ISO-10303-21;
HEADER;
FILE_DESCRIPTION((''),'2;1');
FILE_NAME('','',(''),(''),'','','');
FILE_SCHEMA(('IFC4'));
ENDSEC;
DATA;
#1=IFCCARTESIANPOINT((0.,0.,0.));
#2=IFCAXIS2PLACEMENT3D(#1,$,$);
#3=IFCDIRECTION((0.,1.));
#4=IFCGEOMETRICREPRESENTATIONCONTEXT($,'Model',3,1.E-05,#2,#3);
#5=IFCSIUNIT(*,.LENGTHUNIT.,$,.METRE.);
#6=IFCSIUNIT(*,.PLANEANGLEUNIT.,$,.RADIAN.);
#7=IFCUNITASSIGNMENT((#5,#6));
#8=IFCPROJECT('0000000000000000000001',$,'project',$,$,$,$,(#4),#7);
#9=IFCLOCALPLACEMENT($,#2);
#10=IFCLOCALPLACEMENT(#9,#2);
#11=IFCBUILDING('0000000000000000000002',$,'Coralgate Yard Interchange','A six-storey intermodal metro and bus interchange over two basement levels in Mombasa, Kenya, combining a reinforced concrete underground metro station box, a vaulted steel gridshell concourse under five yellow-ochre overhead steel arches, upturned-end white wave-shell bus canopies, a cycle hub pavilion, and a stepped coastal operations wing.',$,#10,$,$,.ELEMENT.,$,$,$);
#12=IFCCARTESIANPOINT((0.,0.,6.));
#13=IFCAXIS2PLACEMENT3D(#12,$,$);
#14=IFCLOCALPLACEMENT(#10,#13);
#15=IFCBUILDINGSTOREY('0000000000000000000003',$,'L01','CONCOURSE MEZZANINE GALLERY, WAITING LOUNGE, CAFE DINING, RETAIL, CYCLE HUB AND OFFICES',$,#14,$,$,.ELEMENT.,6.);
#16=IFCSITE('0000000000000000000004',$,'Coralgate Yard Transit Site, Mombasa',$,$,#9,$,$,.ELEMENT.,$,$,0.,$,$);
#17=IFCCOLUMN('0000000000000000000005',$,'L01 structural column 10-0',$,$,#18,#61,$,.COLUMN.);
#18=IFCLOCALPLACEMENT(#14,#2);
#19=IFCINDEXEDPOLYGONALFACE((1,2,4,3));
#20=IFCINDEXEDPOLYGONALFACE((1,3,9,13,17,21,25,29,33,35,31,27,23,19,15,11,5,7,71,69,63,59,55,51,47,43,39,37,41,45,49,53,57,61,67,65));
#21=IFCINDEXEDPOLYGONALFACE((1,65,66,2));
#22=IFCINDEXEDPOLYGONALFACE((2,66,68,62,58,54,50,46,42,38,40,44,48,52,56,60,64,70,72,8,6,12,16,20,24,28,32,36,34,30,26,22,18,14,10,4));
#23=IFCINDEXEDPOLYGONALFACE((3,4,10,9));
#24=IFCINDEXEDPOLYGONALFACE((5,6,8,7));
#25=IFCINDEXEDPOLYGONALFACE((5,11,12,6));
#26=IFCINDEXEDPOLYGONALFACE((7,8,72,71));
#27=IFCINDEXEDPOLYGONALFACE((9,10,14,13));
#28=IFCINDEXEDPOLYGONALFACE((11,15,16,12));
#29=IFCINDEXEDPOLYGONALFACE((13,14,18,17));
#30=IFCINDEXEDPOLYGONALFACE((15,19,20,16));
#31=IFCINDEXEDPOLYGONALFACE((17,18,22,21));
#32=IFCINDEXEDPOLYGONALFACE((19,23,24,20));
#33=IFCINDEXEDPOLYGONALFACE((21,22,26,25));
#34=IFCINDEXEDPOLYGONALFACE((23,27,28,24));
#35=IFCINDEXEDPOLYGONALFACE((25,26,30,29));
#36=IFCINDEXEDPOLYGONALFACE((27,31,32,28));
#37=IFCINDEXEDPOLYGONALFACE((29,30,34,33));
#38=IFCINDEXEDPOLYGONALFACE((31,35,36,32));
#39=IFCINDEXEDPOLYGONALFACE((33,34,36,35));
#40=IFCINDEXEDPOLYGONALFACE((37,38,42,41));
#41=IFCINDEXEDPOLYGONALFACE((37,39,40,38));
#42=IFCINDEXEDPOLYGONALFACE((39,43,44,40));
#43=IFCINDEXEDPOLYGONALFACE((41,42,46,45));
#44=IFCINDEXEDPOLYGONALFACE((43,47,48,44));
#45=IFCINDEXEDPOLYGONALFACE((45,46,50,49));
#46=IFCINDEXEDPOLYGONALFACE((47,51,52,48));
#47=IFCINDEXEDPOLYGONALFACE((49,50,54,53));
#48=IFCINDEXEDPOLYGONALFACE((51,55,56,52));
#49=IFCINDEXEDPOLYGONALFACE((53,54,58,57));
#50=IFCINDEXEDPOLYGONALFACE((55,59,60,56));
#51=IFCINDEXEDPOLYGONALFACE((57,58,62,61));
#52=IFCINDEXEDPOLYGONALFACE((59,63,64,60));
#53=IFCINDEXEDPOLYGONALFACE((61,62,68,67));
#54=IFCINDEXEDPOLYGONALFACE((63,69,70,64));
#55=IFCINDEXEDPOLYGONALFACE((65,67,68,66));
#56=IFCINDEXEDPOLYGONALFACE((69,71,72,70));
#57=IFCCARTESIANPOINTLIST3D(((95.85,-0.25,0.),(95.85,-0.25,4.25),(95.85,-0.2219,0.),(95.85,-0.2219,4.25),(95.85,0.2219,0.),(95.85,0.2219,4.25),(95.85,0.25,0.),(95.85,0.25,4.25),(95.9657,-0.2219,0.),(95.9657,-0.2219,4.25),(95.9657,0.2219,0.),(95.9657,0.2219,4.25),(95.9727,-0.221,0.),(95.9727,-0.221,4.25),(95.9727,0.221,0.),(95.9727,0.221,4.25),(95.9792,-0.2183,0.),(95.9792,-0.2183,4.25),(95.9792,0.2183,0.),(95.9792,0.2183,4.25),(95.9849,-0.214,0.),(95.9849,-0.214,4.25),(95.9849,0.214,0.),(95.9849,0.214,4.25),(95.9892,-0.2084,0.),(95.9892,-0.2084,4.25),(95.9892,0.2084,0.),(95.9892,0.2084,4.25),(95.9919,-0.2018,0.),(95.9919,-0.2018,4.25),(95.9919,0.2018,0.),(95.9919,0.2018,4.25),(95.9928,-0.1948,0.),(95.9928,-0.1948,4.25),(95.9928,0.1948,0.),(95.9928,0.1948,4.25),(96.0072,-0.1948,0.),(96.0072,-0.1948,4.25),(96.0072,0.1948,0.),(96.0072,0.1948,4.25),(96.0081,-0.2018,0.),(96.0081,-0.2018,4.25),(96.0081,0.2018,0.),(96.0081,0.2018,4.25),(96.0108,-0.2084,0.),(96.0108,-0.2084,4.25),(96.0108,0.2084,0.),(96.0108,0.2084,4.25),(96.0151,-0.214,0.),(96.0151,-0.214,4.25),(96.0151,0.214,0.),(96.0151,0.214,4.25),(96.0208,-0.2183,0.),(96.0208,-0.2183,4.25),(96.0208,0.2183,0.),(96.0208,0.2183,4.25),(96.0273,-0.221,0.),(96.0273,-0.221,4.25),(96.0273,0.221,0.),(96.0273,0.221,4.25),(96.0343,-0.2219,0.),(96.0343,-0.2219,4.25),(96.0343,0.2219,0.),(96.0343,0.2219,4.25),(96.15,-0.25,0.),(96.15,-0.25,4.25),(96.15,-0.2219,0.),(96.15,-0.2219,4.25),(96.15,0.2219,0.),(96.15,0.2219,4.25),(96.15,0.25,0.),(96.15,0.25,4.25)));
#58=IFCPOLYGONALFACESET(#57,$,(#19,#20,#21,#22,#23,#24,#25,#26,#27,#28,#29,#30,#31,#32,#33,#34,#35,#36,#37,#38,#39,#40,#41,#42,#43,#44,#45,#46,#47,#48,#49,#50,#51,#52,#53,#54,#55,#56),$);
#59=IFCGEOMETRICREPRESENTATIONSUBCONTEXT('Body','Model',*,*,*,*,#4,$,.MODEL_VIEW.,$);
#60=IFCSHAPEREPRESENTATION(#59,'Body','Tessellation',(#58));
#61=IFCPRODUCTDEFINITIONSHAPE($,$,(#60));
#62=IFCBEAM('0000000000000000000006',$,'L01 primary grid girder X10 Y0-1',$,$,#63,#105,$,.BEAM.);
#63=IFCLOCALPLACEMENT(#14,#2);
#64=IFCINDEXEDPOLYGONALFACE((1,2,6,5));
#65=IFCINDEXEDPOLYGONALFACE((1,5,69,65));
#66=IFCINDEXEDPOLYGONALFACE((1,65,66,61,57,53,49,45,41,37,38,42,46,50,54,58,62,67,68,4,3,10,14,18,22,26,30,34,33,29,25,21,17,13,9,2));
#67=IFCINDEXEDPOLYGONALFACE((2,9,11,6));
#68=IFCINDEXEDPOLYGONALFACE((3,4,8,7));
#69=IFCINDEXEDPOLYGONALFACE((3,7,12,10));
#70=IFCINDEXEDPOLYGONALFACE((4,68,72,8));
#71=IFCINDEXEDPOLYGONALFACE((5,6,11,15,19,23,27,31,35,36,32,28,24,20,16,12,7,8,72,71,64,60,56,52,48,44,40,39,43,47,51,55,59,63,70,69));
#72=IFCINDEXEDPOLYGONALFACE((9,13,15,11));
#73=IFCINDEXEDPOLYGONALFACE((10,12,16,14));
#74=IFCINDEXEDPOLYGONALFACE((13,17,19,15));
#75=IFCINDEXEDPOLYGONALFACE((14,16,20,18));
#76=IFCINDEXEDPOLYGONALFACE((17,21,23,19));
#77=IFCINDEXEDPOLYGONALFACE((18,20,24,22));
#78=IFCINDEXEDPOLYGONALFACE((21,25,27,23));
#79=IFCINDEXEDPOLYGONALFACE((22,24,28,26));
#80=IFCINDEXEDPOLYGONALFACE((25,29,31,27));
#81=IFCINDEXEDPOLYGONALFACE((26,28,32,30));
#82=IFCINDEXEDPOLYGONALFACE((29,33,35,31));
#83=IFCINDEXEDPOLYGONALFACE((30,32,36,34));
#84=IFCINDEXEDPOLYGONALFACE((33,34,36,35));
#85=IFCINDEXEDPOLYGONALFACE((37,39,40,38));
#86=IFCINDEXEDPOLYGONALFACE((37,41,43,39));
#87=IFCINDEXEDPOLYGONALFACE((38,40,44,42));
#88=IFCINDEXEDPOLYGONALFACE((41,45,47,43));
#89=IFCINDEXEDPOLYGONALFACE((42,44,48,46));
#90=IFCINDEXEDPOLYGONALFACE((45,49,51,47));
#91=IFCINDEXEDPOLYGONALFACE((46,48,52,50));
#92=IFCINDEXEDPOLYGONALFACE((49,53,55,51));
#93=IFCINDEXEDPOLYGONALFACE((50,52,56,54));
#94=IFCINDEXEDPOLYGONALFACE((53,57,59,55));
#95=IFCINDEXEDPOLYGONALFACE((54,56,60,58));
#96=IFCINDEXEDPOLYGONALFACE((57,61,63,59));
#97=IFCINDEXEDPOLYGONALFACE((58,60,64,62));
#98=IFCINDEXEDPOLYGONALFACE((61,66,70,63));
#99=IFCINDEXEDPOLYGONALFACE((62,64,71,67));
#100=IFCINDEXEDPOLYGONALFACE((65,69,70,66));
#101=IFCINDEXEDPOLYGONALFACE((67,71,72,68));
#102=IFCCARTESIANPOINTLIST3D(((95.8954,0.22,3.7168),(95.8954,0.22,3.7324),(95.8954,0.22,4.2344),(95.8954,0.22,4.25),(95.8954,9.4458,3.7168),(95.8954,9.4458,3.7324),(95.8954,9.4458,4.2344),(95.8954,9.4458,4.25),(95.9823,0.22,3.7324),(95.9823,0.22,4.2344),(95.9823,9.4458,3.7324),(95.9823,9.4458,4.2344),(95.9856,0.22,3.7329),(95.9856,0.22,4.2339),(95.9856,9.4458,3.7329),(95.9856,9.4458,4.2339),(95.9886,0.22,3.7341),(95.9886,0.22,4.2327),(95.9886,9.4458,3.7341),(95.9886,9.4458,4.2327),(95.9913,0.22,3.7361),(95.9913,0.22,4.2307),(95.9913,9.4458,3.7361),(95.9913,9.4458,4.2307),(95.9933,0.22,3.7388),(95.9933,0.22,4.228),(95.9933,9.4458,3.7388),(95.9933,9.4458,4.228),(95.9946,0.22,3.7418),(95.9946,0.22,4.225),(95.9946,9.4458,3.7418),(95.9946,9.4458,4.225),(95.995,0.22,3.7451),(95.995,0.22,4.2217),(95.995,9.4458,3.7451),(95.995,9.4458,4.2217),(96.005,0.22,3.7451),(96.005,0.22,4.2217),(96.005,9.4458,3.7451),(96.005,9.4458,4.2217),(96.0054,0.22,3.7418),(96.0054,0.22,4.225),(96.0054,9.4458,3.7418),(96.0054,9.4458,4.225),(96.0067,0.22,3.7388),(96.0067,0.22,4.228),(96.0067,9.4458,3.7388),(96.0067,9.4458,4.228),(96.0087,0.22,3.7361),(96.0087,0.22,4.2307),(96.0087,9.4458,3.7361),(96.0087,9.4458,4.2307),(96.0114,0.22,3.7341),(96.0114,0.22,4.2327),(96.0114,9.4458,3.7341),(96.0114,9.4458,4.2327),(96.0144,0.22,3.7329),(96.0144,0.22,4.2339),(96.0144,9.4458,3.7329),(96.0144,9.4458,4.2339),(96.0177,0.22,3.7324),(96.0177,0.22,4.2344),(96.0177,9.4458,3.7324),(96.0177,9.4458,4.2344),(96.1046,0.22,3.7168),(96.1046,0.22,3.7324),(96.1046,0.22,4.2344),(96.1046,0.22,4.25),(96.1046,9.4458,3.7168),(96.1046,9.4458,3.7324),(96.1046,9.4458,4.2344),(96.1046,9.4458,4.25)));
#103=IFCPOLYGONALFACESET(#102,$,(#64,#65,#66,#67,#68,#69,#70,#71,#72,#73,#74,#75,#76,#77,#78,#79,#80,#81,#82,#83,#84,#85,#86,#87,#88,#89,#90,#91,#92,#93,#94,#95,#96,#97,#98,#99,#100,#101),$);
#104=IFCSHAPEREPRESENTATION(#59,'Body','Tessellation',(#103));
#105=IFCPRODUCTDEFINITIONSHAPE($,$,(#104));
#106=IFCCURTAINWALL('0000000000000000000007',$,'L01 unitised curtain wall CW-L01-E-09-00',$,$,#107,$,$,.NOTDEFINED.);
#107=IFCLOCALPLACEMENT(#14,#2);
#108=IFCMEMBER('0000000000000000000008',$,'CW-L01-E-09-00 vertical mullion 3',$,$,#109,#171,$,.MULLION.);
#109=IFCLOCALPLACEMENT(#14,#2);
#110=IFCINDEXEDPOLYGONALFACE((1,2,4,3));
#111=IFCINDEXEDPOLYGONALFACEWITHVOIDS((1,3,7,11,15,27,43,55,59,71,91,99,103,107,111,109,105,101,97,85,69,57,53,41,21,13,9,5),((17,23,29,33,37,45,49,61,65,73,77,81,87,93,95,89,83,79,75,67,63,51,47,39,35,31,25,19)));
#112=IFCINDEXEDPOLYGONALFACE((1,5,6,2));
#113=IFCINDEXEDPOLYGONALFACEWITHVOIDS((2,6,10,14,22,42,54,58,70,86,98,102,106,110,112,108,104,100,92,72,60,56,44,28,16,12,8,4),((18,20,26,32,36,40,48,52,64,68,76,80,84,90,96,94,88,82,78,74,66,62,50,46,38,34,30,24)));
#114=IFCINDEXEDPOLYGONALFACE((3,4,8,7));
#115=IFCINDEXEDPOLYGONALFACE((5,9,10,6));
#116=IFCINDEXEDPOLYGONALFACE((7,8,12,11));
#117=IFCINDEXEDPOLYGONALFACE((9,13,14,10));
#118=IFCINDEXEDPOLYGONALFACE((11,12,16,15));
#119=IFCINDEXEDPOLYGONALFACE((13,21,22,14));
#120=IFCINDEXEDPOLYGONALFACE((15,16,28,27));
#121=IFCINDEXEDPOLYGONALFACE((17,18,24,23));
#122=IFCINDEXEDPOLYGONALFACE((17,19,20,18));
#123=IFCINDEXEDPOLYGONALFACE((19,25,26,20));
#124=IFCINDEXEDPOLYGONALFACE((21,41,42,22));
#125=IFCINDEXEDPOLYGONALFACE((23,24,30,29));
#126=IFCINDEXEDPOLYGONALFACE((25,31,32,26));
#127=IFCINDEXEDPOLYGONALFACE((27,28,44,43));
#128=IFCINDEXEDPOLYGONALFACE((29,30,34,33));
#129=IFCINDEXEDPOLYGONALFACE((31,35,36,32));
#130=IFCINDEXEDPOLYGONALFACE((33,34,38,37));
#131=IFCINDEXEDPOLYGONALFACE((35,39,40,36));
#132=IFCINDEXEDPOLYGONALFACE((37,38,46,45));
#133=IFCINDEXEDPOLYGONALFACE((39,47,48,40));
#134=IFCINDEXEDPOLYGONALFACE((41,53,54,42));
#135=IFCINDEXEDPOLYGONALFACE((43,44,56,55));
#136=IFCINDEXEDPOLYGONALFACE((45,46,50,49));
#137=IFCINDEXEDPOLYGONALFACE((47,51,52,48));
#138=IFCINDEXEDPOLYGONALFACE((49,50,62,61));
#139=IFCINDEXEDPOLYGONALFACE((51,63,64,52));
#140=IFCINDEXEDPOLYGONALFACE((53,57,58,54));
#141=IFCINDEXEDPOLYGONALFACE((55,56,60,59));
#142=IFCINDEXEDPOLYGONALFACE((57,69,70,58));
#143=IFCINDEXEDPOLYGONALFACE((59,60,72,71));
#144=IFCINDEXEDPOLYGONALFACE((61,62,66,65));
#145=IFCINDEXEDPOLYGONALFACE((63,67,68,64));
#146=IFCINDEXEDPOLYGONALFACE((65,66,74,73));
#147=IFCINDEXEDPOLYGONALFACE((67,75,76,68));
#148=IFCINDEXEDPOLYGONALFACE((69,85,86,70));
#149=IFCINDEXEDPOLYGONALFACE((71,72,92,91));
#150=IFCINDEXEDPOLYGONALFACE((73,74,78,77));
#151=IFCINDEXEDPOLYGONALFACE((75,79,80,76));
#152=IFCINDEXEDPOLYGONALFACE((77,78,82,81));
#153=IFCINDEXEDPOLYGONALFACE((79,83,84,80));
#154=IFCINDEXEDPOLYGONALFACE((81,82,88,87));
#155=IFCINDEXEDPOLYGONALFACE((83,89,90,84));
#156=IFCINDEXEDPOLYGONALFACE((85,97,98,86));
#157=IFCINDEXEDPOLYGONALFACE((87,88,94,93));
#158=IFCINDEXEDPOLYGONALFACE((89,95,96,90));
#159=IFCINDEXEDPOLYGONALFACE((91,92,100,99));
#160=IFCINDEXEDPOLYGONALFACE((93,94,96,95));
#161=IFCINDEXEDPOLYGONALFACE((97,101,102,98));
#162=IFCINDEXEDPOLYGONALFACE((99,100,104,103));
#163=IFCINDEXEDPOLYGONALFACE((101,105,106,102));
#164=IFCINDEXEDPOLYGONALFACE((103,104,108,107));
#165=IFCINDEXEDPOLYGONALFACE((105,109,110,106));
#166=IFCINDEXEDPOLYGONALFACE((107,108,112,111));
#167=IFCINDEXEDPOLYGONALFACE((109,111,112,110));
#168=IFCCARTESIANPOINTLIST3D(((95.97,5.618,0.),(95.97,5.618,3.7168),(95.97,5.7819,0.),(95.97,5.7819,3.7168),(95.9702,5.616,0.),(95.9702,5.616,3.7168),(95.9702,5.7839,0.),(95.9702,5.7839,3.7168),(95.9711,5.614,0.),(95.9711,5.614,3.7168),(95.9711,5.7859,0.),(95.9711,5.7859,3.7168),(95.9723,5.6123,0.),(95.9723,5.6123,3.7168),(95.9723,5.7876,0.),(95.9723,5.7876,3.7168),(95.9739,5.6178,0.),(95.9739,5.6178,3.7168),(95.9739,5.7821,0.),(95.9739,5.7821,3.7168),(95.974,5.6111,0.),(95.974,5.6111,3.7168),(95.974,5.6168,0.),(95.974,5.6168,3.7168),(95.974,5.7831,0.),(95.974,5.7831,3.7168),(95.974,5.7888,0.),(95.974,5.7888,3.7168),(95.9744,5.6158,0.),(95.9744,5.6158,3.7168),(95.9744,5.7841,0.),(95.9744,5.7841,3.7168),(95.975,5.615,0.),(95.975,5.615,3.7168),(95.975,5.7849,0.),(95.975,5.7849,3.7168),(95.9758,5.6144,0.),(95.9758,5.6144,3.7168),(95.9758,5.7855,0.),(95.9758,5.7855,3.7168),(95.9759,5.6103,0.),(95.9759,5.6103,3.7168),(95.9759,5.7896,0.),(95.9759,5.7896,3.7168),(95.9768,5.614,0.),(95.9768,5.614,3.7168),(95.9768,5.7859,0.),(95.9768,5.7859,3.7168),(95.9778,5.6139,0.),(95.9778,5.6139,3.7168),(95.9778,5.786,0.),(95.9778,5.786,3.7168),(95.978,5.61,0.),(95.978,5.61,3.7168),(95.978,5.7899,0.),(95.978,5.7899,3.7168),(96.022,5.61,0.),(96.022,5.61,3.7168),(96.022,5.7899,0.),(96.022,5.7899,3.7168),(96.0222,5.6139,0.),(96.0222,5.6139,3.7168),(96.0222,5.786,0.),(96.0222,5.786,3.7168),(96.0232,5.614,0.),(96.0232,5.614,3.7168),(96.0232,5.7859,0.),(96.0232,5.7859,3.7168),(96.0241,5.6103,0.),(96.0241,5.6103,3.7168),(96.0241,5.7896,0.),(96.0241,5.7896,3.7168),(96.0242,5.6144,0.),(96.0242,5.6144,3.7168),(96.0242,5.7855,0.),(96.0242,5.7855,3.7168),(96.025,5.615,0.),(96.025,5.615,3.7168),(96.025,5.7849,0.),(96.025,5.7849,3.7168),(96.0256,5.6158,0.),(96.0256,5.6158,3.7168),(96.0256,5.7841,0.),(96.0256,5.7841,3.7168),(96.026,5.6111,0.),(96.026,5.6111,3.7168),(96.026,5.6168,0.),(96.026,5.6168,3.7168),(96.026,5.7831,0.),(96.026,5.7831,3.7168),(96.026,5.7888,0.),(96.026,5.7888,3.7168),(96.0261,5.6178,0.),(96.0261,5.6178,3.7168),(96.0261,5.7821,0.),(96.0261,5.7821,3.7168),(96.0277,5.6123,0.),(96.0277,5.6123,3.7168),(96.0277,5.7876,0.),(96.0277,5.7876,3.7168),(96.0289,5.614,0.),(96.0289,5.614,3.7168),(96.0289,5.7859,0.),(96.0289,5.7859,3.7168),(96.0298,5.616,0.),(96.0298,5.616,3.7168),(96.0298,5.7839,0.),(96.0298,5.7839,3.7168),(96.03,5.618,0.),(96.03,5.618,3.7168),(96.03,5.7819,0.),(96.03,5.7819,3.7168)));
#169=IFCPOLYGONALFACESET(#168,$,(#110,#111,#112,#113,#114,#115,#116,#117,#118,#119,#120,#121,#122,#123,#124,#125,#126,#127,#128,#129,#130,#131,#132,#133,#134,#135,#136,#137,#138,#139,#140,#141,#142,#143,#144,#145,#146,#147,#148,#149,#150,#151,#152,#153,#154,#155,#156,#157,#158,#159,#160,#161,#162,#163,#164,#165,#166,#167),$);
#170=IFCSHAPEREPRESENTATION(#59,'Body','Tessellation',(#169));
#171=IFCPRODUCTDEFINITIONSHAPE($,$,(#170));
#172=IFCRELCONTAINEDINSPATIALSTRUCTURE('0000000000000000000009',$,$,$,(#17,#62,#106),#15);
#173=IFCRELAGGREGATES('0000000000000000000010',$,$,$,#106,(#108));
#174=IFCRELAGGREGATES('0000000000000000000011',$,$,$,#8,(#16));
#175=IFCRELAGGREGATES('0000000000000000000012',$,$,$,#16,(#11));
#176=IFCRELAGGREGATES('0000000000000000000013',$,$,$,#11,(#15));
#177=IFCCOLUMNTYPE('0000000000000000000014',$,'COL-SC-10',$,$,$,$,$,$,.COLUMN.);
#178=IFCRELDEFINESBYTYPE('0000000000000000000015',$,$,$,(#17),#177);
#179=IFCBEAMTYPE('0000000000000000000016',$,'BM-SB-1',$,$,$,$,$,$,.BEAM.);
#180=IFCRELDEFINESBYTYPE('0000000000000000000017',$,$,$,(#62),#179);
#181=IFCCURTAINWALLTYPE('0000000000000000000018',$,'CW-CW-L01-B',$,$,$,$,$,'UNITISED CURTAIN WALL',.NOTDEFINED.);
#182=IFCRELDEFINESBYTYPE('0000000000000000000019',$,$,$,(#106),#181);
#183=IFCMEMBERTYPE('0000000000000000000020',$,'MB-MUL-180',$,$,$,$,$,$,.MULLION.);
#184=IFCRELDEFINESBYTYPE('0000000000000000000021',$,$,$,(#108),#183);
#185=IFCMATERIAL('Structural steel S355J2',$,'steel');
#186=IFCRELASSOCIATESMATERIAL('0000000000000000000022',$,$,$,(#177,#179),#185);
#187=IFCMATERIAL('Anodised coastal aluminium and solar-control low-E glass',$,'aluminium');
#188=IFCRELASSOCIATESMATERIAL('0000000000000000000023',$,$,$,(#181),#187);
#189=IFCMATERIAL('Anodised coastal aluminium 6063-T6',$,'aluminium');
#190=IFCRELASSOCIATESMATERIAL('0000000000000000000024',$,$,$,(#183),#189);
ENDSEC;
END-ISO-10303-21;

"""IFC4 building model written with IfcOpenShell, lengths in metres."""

from ifc_helpers import new_model, si_unit, direction, frame, origin, origin_2d, place, context, subcontext, project, spatial, hollow_rectangle, i_section, extrude, material, material_profile, profile_set, type_object, element, aggregate, save


model = new_model("IFC4")

# Units and contexts
model_context = context("Model", 3, precision=1e-05, world=origin(), true_north=direction((0.0, 1.0)))
body_context = subcontext(model_context, "Body", "Model", "MODEL_VIEW")
ifc_project = project(units=[si_unit("LENGTHUNIT", "METRE"), si_unit("PLANEANGLEUNIT", "RADIAN")], contexts=[model_context])

# Site, building, storey
site_placement = place(None, origin())
site = spatial("IfcSite", under=ifc_project, at=site_placement, Name="Coralgate Yard Transit Site, Mombasa", CompositionType="ELEMENT", RefElevation=0.0)
building_placement = place(site_placement, origin())
building = spatial("IfcBuilding", under=site, at=building_placement, Name="Coralgate Yard Interchange", Description="A six-storey intermodal metro and bus interchange over two basement levels in Mombasa, Kenya, combining a reinforced concrete underground metro station box, a vaulted steel gridshell concourse under five yellow-ochre overhead steel arches, upturned-end white wave-shell bus canopies, a cycle hub pavilion, and a stepped coastal operations wing.", CompositionType="ELEMENT")
storey_placement = place(building_placement, frame((0.0, 0.0, 6.0)))
storey = spatial("IfcBuildingStorey", under=building, at=storey_placement, Name="L01", Description="CONCOURSE MEZZANINE GALLERY, WAITING LOUNGE, CAFE DINING, RETAIL, CYCLE HUB AND OFFICES", CompositionType="ELEMENT", Elevation=6.0)

# Column
ifc_material_1 = material(Name="Structural steel S355J2", Category="steel")
ifc_material_profile_1 = material_profile(ifc_material_1, i_section(OverallWidth=0.3, OverallDepth=0.5, WebThickness=0.0144, FlangeThickness=0.0281, FilletRadius=0.0271, at=origin_2d()), Name="HEB 500")
ifc_profile_set_1 = profile_set([ifc_material_profile_1], Name="Structural steel S355J2")
column_type = type_object("IfcColumnType", Name="COL-SC-10", PredefinedType="COLUMN", material=ifc_profile_set_1)
column_placement = place(storey_placement, frame((96.0, 0.0, 0.0), z_axis=(0.0, 0.0, 1.0), x_axis=(1.0, 0.0, 0.0)))
element("IfcColumn", 1, at=column_placement, inside=storey, type_object=column_type, Name="L01 structural column 10-0", PredefinedType="COLUMN", context=body_context, shape_type="SweptSolid", body=[
    extrude(i_section(OverallWidth=0.3, OverallDepth=0.5, WebThickness=0.0144, FlangeThickness=0.0281, FilletRadius=0.0271, at=origin_2d()), origin(), (0.0, 0.0, 1.0), 4.25),
])

# Beam
ifc_material_profile_2 = material_profile(ifc_material_1, i_section(OverallWidth=0.2092, OverallDepth=0.5332, WebThickness=0.01, FlangeThickness=0.0156, FilletRadius=0.0127, at=origin_2d()), Name="UB 533x210x92")
ifc_profile_set_2 = profile_set([ifc_material_profile_2], Name="Structural steel S355J2")
beam_type = type_object("IfcBeamType", Name="BM-SB-1", PredefinedType="BEAM", material=ifc_profile_set_2)
beam_placement = place(storey_placement, frame((96.0, 0.22, 3.9834), z_axis=(0.0, 1.0, 0.0), x_axis=(-1.0, 0.0, 0.0)))
element("IfcBeam", 2, at=beam_placement, inside=storey, type_object=beam_type, Name="L01 primary grid girder X10 Y0-1", PredefinedType="BEAM", context=body_context, shape_type="SweptSolid", body=[
    extrude(i_section(OverallWidth=0.2092, OverallDepth=0.5332, WebThickness=0.01, FlangeThickness=0.0156, FilletRadius=0.0127, at=origin_2d()), origin(), (0.0, 0.0, 1.0), 9.2258),
])

# Curtain wall, member
ifc_material_2 = material(Name="Anodised coastal aluminium and solar-control low-E glass", Category="aluminium")
curtain_wall_type = type_object("IfcCurtainWallType", Name="CW-CW-L01-B", ElementType="UNITISED CURTAIN WALL", PredefinedType="NOTDEFINED", material=ifc_material_2)
curtain_wall_placement = place(storey_placement, origin())
curtain_wall = element("IfcCurtainWall", 3, at=curtain_wall_placement, inside=storey, type_object=curtain_wall_type, Name="L01 unitised curtain wall CW-L01-E-09-00", PredefinedType="NOTDEFINED")
ifc_material_3 = material(Name="Anodised coastal aluminium 6063-T6", Category="aluminium")
ifc_material_profile_3 = material_profile(ifc_material_3, hollow_rectangle(XDim=0.0601, YDim=0.1799, WallThickness=0.0039, InnerFilletRadius=0.0039, OuterFilletRadius=0.0081, at=origin_2d()), Name="ALU 60x180x4")
ifc_profile_set_3 = profile_set([ifc_material_profile_3], Name="Anodised coastal aluminium 6063-T6")
member_type_1 = type_object("IfcMemberType", Name="MB-MUL-180", PredefinedType="MULLION", material=ifc_profile_set_3)
member_1_placement = place(storey_placement, frame((96.0, 5.7, 0.0), z_axis=(0.0, 0.0, 1.0), x_axis=(1.0, 0.0, 0.0)))
member_1 = element("IfcMember", 4, at=member_1_placement, type_object=member_type_1, Name="CW-L01-E-09-00 vertical mullion 3", PredefinedType="MULLION", context=body_context, shape_type="SweptSolid", body=[
    extrude(hollow_rectangle(XDim=0.0601, YDim=0.1799, WallThickness=0.0039, InnerFilletRadius=0.0039, OuterFilletRadius=0.0081, at=origin_2d()), origin(), (0.0, 0.0, 1.0), 3.7168),
])
aggregate(curtain_wall, [member_1])

save(model, "model.ifc")
